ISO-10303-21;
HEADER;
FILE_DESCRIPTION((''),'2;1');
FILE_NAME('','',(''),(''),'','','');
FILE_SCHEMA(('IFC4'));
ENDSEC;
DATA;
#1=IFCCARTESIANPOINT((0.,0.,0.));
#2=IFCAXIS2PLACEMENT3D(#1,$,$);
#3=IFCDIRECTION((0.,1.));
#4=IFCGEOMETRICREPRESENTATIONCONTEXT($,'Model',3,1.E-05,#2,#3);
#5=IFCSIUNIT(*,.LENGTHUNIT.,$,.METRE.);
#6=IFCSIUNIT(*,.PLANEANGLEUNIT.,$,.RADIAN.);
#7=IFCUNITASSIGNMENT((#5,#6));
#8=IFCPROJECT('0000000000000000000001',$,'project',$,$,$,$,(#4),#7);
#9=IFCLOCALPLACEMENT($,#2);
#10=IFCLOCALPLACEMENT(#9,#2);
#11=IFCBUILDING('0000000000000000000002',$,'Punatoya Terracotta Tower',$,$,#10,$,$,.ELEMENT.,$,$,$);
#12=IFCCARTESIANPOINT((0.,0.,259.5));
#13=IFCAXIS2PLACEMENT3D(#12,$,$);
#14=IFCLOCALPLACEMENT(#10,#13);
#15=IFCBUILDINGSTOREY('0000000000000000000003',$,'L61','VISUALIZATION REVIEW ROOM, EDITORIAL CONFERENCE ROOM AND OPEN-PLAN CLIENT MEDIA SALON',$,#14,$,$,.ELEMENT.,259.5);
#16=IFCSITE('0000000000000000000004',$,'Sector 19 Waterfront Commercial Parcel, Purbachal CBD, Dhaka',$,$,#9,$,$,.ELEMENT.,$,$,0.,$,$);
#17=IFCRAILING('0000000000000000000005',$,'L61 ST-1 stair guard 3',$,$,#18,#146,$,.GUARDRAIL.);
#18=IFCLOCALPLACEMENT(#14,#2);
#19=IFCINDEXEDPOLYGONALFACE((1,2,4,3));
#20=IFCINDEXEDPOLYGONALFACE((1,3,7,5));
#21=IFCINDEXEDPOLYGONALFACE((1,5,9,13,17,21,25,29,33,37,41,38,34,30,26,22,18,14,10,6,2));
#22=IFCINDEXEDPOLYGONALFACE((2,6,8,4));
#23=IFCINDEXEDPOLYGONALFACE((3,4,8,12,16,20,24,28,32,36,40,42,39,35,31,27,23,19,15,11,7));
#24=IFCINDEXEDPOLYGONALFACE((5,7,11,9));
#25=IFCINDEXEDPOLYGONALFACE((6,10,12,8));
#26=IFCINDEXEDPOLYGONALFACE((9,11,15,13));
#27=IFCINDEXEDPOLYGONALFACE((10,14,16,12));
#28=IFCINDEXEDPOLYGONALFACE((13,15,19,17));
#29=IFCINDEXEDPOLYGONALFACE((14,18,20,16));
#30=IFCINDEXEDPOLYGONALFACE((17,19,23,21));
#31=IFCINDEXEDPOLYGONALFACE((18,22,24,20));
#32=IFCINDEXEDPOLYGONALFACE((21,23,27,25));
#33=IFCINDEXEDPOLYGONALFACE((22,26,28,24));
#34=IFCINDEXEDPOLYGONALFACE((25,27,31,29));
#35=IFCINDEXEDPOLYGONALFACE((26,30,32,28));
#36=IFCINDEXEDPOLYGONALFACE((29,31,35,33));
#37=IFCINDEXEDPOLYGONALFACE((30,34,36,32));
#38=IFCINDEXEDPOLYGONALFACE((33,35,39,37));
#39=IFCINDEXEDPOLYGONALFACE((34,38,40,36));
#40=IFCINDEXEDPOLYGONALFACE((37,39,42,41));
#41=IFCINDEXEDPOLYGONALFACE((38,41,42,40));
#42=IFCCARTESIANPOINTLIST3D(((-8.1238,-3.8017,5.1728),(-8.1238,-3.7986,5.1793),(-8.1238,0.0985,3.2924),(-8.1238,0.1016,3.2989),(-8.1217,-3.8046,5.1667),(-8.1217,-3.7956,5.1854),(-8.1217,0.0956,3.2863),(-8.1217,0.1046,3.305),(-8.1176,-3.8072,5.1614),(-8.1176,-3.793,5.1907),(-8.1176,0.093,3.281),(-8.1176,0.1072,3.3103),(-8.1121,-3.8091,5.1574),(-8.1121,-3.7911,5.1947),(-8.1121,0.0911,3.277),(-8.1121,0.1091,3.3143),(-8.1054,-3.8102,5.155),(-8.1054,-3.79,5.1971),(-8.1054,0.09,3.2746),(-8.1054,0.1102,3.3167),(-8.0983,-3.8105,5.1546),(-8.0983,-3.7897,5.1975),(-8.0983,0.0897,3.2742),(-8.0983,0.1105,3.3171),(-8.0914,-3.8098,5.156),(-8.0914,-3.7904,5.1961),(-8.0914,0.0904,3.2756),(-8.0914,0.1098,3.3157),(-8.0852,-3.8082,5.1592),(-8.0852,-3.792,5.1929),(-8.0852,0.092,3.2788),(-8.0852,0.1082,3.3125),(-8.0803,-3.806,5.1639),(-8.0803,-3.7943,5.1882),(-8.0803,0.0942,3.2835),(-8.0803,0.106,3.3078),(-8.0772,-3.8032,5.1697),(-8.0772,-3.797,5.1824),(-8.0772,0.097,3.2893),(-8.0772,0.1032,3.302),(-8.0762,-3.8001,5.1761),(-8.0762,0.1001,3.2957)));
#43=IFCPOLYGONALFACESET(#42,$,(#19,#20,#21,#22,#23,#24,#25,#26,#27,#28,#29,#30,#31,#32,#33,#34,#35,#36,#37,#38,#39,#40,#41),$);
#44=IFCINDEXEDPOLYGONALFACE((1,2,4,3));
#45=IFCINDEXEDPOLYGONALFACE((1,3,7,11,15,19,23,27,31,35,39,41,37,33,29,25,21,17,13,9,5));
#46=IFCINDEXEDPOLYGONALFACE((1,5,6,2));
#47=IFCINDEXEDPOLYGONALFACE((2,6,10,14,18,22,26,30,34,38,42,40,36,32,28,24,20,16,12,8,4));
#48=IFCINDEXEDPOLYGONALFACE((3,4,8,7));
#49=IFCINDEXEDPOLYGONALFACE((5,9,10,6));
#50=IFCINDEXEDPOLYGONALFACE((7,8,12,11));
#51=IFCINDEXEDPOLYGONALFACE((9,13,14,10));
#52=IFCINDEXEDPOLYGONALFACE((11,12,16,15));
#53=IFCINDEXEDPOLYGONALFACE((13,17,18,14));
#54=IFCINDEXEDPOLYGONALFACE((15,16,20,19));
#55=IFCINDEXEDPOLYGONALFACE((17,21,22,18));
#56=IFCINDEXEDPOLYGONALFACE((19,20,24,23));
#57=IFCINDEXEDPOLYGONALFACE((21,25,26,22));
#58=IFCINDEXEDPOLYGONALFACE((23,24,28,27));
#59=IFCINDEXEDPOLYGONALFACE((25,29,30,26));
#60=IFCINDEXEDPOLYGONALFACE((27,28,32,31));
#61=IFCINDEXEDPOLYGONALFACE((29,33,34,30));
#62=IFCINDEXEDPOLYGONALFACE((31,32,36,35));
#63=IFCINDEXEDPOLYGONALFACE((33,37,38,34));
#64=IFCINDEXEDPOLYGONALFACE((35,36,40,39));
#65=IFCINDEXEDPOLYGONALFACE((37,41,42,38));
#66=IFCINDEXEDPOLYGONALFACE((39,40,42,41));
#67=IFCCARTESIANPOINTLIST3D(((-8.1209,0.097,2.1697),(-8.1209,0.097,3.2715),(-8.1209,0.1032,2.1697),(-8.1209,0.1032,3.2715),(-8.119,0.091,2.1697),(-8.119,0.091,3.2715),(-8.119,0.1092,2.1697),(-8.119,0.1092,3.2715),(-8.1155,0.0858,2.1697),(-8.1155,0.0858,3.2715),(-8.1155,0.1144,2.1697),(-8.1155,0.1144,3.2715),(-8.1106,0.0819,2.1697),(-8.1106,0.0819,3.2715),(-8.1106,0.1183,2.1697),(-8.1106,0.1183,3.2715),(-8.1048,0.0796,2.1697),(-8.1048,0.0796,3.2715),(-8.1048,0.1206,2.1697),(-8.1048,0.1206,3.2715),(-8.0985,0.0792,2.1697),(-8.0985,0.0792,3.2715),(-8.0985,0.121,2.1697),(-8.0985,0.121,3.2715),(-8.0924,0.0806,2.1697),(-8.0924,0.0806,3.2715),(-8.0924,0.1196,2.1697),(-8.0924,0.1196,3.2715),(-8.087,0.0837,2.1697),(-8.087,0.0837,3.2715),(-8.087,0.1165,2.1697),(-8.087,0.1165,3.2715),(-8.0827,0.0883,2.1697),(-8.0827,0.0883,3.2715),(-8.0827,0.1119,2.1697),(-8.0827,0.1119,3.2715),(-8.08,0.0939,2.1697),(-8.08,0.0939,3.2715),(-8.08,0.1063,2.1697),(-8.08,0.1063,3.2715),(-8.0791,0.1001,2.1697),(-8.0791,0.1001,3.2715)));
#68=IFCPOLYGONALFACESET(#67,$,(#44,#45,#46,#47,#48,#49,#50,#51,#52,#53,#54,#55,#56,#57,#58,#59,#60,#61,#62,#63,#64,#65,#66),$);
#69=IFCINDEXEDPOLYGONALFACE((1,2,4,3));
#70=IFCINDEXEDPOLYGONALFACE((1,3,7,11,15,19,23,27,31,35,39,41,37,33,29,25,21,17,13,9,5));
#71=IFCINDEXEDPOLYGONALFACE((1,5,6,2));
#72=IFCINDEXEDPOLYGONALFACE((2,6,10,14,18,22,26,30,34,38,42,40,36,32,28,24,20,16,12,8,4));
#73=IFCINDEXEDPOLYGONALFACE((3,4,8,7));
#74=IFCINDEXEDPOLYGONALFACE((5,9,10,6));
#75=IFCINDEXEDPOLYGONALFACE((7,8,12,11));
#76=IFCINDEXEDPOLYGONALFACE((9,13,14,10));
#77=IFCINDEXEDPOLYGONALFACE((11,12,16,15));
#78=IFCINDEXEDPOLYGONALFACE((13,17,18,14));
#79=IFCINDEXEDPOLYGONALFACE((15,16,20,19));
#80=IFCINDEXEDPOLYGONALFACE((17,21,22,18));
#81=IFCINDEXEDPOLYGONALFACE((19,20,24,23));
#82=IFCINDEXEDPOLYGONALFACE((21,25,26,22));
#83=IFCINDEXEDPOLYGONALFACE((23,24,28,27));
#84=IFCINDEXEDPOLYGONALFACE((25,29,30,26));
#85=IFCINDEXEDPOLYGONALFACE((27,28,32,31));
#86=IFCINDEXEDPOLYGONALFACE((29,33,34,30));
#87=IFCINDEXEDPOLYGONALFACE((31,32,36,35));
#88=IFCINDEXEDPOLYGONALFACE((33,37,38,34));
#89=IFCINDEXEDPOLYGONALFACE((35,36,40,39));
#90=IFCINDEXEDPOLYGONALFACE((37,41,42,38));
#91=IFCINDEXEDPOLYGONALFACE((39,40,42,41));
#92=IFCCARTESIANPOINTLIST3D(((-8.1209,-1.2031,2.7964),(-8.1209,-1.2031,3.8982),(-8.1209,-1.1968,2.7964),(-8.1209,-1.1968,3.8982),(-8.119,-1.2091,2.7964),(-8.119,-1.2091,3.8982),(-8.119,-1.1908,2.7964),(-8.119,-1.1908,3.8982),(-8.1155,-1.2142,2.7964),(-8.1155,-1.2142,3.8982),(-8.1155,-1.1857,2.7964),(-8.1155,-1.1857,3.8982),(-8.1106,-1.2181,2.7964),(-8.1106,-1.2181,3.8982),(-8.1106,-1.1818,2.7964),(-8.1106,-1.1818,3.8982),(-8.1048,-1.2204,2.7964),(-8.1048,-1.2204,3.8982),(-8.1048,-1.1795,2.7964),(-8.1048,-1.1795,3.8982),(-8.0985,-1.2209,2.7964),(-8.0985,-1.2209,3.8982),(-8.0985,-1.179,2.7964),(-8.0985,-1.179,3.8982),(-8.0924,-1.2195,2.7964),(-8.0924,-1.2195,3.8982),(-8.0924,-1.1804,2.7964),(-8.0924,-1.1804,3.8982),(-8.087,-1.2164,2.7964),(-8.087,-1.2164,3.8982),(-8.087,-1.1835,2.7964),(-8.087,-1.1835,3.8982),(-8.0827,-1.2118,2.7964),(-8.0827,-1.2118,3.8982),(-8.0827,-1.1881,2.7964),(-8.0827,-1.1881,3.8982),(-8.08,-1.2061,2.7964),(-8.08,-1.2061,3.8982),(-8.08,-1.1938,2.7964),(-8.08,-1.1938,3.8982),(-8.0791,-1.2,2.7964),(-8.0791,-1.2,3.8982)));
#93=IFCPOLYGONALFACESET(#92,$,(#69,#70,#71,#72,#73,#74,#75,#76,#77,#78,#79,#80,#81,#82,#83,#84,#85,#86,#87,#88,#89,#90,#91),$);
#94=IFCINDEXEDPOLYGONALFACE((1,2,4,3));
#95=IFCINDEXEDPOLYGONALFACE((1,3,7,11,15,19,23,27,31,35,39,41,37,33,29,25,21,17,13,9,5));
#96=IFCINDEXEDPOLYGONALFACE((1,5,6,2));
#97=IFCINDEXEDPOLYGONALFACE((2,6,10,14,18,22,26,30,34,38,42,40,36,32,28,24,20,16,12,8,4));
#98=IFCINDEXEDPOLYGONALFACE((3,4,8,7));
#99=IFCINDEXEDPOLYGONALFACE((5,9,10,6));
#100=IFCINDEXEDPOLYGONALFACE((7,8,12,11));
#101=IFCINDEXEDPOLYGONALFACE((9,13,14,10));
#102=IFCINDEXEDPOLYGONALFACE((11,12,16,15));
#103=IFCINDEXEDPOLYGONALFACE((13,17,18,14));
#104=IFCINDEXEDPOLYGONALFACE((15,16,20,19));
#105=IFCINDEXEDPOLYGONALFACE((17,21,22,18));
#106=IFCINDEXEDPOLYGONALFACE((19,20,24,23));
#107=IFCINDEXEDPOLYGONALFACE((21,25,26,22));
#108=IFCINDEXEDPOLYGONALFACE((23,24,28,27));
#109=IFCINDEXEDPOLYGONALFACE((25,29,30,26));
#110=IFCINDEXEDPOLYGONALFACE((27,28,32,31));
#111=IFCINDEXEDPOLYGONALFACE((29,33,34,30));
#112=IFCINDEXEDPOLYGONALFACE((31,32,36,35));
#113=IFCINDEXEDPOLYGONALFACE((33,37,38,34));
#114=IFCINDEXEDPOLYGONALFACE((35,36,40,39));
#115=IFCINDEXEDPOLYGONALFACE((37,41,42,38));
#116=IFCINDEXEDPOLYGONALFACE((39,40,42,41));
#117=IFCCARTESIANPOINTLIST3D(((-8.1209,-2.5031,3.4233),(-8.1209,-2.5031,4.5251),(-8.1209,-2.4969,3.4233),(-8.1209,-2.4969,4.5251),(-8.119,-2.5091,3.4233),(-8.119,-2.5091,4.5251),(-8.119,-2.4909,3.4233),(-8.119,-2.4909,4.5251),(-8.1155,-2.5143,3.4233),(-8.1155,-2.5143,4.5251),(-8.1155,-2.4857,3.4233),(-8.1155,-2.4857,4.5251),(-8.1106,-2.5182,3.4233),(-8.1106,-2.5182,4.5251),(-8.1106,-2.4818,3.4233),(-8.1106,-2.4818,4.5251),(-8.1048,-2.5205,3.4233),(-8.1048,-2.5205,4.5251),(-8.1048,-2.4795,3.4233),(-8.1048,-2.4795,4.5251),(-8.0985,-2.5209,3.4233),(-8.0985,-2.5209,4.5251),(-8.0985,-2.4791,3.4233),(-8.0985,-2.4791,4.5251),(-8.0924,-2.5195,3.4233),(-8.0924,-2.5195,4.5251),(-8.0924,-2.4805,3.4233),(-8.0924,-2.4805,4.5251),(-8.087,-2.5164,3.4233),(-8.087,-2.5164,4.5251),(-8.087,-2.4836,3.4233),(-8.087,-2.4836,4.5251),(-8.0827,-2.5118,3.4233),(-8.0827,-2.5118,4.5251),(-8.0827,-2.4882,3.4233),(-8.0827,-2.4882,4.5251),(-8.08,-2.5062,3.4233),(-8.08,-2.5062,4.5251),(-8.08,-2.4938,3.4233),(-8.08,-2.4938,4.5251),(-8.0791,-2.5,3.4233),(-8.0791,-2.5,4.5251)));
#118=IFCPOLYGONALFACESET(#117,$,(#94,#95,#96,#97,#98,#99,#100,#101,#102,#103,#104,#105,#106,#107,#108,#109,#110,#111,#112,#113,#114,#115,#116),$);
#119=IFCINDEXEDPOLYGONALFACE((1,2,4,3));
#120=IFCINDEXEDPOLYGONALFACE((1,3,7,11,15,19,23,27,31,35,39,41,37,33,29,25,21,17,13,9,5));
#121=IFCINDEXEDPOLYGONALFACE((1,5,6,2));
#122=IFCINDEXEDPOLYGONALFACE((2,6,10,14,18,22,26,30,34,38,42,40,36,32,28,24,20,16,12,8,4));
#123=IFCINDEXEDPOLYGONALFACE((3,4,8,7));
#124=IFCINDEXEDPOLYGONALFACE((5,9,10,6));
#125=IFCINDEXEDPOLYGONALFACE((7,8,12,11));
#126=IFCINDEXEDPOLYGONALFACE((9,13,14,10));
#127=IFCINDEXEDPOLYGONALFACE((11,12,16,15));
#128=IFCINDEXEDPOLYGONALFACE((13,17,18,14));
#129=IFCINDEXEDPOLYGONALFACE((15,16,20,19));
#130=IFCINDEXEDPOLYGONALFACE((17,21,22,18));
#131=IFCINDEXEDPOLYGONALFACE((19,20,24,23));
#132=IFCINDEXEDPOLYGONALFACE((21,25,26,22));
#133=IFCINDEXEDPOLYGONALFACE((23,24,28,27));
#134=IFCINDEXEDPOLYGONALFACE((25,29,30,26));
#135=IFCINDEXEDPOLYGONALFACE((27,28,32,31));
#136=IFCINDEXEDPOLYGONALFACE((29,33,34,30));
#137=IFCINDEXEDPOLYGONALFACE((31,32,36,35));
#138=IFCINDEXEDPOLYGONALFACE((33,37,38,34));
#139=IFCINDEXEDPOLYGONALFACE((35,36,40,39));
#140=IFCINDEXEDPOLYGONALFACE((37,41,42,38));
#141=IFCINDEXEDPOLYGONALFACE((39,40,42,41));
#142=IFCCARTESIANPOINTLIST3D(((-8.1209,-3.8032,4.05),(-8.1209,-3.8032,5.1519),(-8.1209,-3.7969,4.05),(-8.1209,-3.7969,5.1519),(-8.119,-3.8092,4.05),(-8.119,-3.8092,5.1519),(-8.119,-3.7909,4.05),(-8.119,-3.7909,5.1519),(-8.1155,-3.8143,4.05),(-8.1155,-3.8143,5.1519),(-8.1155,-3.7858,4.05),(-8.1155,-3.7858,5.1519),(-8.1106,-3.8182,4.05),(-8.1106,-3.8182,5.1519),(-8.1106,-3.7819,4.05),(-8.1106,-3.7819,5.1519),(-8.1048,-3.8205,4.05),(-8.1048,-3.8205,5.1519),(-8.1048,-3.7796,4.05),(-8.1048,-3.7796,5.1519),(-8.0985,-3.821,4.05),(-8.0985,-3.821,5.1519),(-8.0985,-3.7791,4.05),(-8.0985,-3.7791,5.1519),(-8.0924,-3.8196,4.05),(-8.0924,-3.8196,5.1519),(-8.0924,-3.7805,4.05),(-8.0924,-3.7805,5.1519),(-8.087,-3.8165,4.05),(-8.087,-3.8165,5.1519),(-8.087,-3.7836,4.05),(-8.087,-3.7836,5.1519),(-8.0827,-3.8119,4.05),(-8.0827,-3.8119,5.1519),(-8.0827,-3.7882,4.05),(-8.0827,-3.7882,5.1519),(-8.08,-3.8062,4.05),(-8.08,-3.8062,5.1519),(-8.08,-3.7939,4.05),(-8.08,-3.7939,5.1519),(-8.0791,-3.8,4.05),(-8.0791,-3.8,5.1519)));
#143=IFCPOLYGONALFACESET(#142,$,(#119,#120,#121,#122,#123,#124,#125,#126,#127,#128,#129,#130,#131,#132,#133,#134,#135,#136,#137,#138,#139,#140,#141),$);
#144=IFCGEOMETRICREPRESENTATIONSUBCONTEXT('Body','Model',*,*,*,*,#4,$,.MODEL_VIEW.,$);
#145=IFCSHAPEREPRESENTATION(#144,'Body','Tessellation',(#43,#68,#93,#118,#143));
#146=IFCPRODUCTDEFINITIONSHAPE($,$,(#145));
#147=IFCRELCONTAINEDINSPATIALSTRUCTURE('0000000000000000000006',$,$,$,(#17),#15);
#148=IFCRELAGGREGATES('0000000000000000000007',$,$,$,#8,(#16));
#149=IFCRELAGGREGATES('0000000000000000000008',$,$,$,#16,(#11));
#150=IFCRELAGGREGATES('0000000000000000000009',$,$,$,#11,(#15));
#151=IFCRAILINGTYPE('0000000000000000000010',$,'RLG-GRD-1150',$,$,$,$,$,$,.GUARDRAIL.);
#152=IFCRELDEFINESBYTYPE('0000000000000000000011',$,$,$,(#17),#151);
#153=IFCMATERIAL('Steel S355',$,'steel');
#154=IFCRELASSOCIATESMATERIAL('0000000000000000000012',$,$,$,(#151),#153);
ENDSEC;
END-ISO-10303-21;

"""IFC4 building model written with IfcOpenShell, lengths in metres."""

from ifc_helpers import new_model, si_unit, direction, frame, origin, origin_2d, place, context, subcontext, project, spatial, circle, extrude, material, type_object, element, save


model = new_model("IFC4")

# Units and contexts
model_context = context("Model", 3, precision=1e-05, world=origin(), true_north=direction((0.0, 1.0)))
body_context = subcontext(model_context, "Body", "Model", "MODEL_VIEW")
ifc_project = project(units=[si_unit("LENGTHUNIT", "METRE"), si_unit("PLANEANGLEUNIT", "RADIAN")], contexts=[model_context])

# Site, building, storey
site_placement = place(None, origin())
site = spatial("IfcSite", under=ifc_project, at=site_placement, Name="Sector 19 Waterfront Commercial Parcel, Purbachal CBD, Dhaka", CompositionType="ELEMENT", RefElevation=0.0)
building_placement = place(site_placement, origin())
building = spatial("IfcBuilding", under=site, at=building_placement, Name="Punatoya Terracotta Tower", CompositionType="ELEMENT")
storey_placement = place(building_placement, frame((0.0, 0.0, 259.5)))
storey = spatial("IfcBuildingStorey", under=building, at=storey_placement, Name="L61", Description="VISUALIZATION REVIEW ROOM, EDITORIAL CONFERENCE ROOM AND OPEN-PLAN CLIENT MEDIA SALON", CompositionType="ELEMENT", Elevation=259.5)

# Shared definitions
ifc_material_1 = material(Name="Steel S355", Category="steel")

# Railing
railing_type_1 = type_object("IfcRailingType", Name="RLG-GRD-1150", PredefinedType="GUARDRAIL", material=ifc_material_1)
railing_1_placement = place(storey_placement, frame((-8.1001, 0.1001, 2.1697)))
element("IfcRailing", 1, at=railing_1_placement, inside=storey, type_object=railing_type_1, Name="L61 ST-1 stair guard 3", PredefinedType="GUARDRAIL", context=body_context, shape_type="SweptSolid", body=[
    extrude(circle(Radius=0.0239, at=origin_2d()), frame((0.0, 0.0, 1.126), z_axis=(0.0, -0.900774, 0.434289), x_axis=(1.0, 0.0, 0.0)), (0.0, 0.0, 1.0), 4.3298),
    extrude(circle(Radius=0.021, at=origin_2d()), origin(), (0.0, 0.0, 1.0), 1.1018),
    extrude(circle(Radius=0.021, at=origin_2d()), frame((0.0, -1.3, 0.6267)), (0.0, 0.0, 1.0), 1.1018),
    extrude(circle(Radius=0.021, at=origin_2d()), frame((0.0, -2.6001, 1.2537)), (0.0, 0.0, 1.0), 1.1018),
    extrude(circle(Radius=0.021, at=origin_2d()), frame((0.0, -3.9001, 1.8804)), (0.0, 0.0, 1.0), 1.1018),
])

save(model, "model.ifc")
